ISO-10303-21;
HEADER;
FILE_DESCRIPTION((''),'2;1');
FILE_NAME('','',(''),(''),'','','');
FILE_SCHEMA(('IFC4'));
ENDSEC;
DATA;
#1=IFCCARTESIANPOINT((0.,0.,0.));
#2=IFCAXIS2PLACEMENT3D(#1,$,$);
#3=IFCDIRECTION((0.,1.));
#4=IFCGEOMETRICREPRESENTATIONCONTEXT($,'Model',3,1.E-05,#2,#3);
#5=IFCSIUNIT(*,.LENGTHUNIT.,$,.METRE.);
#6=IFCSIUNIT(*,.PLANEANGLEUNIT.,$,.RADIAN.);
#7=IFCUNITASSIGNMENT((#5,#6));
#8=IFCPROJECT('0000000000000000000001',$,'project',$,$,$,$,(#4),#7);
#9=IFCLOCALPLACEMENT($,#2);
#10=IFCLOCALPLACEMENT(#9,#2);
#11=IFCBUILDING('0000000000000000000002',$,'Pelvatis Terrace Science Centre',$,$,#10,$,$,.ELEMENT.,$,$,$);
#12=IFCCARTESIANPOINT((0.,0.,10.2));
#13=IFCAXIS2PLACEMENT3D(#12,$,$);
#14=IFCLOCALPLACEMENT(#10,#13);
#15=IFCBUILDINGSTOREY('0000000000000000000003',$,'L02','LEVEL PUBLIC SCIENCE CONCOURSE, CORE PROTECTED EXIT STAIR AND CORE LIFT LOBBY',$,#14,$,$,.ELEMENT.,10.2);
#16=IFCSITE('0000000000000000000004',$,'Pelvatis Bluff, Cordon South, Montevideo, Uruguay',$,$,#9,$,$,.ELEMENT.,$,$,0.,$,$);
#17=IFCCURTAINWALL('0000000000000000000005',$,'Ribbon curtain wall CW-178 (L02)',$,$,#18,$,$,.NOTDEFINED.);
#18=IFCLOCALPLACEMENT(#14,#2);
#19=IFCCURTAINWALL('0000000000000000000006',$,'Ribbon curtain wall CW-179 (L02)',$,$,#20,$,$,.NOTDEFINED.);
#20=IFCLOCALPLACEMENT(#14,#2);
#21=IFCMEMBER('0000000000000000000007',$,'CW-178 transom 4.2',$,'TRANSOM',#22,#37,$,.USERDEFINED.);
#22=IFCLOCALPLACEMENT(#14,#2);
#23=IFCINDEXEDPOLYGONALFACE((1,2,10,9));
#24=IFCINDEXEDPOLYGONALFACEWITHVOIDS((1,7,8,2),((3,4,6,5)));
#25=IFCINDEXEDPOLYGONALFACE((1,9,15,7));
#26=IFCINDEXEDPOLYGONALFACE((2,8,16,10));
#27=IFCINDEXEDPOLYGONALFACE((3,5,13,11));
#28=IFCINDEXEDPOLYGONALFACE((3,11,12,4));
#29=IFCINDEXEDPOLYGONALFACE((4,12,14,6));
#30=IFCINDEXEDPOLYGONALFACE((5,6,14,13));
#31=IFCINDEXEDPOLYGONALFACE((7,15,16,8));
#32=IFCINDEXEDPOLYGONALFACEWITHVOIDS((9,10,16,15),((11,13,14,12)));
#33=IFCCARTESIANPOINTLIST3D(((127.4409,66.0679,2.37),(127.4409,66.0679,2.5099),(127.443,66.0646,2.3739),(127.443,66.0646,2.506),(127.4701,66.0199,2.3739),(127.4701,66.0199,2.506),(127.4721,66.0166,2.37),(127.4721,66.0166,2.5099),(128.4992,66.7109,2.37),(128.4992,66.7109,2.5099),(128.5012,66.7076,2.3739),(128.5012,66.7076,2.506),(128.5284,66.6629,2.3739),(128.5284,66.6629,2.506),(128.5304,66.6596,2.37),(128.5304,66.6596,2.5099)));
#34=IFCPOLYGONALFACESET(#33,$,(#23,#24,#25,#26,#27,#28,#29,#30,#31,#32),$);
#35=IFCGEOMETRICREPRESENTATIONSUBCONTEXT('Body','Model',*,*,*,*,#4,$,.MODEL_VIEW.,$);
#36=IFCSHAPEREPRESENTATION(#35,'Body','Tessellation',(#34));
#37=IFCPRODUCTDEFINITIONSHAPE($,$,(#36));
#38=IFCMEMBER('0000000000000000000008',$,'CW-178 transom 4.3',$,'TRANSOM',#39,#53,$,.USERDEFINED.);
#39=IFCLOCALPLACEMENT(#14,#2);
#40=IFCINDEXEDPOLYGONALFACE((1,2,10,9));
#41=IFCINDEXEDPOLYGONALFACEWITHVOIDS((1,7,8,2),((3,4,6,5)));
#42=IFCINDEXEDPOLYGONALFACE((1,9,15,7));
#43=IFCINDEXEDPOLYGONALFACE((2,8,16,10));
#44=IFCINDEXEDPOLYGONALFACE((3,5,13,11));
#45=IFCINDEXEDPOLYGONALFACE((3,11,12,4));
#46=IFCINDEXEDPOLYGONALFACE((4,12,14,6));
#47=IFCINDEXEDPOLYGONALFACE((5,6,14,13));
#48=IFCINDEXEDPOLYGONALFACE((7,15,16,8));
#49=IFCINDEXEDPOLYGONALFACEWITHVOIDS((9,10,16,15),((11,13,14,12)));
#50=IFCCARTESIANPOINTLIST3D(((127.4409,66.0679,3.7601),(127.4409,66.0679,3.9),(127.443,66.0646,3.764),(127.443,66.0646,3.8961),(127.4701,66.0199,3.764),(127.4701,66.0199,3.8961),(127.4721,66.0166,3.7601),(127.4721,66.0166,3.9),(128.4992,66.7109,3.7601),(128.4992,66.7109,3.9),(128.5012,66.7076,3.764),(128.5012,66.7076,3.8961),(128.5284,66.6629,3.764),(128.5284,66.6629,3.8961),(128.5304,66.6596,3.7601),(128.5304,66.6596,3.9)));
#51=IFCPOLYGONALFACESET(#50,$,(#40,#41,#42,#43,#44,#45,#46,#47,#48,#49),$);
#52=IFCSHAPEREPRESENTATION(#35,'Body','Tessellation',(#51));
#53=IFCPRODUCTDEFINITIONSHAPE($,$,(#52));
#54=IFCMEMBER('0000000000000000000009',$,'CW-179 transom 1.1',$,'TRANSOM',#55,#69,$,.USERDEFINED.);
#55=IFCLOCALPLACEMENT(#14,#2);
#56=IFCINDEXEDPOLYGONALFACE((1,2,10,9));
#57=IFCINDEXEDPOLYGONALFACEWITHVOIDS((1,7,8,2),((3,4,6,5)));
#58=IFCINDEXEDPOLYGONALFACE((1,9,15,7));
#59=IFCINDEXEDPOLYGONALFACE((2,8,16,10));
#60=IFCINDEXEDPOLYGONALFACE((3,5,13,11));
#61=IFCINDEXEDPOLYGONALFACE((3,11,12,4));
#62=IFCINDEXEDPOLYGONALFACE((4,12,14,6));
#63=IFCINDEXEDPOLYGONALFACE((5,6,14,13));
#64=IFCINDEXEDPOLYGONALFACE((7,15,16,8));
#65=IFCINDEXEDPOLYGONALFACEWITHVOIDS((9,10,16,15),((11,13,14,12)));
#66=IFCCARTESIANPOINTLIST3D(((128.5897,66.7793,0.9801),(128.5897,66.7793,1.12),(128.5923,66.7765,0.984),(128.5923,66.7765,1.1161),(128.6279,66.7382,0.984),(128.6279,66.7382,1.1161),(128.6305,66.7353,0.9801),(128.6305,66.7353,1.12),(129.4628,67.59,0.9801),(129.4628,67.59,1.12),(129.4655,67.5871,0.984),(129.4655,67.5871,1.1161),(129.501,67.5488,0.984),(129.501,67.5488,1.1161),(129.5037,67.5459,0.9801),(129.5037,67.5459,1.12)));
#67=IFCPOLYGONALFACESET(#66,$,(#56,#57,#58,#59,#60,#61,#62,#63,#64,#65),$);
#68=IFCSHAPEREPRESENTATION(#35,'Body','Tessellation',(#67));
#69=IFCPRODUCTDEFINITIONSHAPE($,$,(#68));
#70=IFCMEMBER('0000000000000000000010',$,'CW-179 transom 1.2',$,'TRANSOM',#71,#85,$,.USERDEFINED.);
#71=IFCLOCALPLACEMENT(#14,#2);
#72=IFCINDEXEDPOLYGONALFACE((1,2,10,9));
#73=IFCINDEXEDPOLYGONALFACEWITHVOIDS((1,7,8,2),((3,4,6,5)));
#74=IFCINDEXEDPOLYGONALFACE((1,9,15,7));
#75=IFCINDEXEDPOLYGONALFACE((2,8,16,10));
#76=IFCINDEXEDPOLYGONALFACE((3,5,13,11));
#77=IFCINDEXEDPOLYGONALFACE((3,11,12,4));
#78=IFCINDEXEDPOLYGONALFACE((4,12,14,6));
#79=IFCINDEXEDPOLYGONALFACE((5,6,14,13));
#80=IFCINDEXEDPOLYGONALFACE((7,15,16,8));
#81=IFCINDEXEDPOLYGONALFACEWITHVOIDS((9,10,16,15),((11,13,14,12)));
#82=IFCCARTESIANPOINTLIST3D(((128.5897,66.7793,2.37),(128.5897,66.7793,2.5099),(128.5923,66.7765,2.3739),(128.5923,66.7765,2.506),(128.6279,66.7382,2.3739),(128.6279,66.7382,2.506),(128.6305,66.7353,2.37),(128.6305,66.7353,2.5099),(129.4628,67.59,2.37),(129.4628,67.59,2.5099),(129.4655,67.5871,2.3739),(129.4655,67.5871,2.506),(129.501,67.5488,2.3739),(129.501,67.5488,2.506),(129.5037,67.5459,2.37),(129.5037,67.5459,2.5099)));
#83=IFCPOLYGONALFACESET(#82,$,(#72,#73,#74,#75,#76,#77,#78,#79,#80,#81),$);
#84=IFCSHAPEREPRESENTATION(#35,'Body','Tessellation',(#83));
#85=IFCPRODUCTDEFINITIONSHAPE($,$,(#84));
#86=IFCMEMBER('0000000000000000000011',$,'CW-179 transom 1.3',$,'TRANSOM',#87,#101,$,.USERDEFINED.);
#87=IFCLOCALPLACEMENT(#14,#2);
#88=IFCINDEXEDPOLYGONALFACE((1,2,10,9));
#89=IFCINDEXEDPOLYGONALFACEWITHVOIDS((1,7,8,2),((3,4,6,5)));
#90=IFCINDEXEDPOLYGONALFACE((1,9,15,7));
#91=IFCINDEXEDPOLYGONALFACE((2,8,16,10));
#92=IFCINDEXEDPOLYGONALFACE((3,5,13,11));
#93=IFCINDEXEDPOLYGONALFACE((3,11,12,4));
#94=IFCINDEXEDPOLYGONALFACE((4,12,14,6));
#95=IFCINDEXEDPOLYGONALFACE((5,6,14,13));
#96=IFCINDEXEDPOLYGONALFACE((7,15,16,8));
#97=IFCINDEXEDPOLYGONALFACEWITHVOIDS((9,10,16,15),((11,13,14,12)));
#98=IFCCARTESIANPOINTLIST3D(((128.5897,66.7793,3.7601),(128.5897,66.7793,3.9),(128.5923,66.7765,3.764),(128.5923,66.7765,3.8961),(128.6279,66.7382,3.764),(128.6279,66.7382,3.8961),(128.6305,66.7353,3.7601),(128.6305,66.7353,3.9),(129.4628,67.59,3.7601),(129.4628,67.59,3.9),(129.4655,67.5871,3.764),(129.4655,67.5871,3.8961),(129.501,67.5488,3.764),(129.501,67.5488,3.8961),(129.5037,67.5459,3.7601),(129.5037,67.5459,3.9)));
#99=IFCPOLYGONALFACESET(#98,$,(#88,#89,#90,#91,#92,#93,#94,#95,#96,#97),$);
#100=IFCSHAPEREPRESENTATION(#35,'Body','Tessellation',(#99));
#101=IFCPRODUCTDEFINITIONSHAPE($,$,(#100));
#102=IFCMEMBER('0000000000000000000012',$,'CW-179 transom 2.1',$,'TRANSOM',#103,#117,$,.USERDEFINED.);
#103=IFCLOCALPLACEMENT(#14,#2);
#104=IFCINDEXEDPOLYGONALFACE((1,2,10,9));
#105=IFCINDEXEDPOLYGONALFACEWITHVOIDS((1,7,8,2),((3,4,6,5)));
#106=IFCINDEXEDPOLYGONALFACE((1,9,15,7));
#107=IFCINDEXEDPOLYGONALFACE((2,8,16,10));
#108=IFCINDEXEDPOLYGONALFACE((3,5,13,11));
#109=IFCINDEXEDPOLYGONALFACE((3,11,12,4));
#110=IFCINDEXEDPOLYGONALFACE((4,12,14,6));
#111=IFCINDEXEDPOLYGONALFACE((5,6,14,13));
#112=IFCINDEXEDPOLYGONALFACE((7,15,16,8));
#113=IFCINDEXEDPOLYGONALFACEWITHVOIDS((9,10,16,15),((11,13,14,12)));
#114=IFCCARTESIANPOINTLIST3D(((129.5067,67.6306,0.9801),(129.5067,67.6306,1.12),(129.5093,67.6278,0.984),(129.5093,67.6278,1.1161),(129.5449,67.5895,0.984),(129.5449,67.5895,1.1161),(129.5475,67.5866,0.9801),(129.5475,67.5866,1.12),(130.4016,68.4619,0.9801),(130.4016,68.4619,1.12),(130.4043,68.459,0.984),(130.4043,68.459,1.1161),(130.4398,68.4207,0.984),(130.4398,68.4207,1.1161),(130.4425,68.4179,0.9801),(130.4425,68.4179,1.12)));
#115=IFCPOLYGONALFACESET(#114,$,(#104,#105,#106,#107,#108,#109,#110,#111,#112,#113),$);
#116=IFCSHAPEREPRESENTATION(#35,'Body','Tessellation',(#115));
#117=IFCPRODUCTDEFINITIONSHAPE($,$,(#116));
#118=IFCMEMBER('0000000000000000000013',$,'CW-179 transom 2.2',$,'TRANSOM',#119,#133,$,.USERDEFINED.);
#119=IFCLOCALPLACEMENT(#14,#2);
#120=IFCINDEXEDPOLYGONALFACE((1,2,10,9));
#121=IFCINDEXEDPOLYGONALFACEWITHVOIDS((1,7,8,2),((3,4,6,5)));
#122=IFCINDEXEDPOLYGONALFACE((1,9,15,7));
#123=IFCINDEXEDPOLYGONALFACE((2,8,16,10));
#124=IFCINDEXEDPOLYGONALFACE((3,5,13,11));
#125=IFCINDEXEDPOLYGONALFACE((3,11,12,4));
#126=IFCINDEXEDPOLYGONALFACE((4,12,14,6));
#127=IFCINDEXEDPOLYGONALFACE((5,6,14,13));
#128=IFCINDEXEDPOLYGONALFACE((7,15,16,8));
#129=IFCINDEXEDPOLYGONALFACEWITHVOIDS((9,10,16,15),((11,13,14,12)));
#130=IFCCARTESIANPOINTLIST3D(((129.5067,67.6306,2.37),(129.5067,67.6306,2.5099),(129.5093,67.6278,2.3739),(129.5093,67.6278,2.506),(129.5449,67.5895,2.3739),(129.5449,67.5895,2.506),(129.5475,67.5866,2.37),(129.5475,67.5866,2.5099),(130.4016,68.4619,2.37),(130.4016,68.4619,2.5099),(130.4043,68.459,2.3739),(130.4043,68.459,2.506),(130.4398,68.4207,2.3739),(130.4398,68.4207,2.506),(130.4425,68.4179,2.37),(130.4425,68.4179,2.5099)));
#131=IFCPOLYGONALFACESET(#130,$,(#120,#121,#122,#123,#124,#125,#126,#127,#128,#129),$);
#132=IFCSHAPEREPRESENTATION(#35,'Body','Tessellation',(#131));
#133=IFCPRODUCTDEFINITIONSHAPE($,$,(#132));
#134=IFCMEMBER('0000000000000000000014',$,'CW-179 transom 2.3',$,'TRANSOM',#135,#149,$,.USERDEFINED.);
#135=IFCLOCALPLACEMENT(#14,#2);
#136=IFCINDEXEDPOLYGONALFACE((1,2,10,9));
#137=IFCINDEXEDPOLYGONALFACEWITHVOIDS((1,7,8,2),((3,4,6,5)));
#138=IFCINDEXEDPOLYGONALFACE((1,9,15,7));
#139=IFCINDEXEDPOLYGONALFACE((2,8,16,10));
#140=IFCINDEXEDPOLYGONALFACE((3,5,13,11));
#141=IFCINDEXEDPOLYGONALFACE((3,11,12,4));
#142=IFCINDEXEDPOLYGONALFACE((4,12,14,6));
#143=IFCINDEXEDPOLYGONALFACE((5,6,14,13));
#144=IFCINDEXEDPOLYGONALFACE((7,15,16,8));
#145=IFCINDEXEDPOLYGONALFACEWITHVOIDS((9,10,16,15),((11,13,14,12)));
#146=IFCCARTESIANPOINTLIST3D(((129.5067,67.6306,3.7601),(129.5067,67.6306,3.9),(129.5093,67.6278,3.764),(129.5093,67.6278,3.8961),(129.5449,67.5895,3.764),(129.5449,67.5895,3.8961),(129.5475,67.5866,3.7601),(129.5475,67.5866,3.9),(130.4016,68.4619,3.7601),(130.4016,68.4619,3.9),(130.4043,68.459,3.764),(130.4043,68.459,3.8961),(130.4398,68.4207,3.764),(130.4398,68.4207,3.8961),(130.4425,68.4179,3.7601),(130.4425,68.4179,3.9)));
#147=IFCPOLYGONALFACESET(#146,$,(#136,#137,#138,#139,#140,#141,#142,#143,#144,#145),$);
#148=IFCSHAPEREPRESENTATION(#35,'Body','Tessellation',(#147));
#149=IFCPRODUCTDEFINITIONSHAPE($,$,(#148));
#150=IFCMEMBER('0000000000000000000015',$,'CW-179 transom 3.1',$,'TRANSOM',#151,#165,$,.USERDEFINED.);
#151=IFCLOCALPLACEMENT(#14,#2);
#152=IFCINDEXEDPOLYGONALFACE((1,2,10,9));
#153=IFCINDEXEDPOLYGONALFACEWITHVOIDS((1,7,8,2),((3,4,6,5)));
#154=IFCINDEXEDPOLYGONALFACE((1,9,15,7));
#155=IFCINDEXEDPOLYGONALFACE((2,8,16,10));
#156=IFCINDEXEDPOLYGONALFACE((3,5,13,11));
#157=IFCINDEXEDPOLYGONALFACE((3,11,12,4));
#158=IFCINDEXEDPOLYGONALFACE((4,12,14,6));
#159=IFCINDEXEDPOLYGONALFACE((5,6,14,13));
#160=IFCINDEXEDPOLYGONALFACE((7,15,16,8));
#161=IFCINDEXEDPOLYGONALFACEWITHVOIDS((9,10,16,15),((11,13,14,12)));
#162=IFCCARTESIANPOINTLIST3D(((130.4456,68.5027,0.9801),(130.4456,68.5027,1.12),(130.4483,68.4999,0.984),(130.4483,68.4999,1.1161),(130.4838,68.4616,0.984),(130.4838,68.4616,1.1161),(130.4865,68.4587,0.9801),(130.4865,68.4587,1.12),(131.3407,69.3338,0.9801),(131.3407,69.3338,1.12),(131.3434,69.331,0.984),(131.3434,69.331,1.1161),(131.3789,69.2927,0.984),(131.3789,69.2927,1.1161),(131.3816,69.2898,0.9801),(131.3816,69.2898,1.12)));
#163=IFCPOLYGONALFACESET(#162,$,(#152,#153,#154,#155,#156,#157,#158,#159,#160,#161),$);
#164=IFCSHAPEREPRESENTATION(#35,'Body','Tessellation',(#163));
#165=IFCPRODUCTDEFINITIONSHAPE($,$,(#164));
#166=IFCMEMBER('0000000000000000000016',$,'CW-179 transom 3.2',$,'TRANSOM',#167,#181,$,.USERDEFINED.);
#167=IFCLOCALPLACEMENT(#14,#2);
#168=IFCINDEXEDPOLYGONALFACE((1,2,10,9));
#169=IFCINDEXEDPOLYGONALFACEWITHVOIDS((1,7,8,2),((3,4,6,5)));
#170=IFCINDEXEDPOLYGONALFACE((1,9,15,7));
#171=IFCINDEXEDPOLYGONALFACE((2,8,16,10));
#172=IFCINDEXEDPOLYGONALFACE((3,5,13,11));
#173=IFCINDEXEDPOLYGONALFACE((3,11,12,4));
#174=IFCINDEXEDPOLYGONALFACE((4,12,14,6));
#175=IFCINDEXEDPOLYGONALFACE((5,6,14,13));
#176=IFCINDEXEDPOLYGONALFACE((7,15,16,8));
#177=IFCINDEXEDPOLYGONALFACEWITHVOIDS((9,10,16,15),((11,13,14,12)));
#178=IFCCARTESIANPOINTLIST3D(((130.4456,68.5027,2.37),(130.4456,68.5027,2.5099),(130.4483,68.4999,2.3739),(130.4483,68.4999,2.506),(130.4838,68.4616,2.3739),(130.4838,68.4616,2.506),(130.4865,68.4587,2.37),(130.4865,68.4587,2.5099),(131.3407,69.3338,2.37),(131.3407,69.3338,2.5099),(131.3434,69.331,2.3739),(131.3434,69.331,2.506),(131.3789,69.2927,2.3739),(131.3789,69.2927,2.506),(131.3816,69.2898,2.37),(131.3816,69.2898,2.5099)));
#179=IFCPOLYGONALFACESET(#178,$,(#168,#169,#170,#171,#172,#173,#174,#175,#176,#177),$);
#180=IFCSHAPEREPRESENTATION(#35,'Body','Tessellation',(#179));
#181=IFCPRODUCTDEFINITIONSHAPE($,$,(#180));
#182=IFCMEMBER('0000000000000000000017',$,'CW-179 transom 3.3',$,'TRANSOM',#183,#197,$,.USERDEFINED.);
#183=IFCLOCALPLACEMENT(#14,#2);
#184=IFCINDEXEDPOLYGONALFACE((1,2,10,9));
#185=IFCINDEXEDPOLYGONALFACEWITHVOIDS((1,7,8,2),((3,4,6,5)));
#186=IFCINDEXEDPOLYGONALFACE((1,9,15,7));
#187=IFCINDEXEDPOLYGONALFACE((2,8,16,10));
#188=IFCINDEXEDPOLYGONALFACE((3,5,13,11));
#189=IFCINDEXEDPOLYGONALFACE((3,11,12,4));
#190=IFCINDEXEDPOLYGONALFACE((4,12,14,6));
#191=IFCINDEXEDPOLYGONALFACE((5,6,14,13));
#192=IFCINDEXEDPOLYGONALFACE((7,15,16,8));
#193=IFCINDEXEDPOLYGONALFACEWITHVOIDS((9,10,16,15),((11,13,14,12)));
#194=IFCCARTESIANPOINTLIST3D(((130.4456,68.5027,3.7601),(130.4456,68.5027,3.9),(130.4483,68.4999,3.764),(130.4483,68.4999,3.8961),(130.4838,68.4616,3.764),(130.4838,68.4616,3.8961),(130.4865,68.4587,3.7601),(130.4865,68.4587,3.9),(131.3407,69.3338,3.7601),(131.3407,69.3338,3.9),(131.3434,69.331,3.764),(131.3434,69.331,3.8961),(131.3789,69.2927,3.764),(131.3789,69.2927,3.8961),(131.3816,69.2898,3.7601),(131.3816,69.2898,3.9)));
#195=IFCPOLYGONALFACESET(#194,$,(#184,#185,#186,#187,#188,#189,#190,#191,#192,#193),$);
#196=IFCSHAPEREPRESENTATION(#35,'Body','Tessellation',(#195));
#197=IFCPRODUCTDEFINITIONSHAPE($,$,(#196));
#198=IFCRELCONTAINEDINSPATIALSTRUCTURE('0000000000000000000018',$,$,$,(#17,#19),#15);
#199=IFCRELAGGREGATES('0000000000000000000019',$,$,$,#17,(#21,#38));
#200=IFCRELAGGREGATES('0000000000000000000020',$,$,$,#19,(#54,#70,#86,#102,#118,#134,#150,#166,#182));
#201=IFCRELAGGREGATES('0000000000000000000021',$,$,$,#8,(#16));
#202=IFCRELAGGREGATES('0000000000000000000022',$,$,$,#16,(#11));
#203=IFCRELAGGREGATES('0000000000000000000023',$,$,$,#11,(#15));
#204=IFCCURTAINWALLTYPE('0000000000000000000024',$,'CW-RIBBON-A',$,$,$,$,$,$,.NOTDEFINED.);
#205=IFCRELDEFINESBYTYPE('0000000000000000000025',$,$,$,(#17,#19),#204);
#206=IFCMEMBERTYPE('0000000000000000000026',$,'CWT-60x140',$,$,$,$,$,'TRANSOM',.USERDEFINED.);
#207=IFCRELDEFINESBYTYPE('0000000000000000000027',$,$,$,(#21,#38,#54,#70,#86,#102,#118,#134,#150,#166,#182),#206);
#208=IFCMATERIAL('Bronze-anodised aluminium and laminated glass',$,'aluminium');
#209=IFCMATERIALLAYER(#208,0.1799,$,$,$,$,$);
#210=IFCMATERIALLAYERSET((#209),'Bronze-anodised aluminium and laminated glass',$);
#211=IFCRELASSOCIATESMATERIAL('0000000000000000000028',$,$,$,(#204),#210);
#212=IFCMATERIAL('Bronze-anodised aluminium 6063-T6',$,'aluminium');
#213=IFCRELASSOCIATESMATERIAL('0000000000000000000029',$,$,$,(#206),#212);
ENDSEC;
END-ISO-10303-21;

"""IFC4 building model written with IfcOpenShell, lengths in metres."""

from ifc_helpers import new_model, si_unit, direction, frame, origin, origin_2d, place, context, subcontext, project, spatial, hollow_rectangle, extrude, material, layer, layer_set, material_profile, profile_set, type_object, element, aggregate, save


model = new_model("IFC4")

# Units and contexts
model_context = context("Model", 3, precision=1e-05, world=origin(), true_north=direction((0.0, 1.0)))
body_context = subcontext(model_context, "Body", "Model", "MODEL_VIEW")
ifc_project = project(units=[si_unit("LENGTHUNIT", "METRE"), si_unit("PLANEANGLEUNIT", "RADIAN")], contexts=[model_context])

# Site, building, storey
site_placement = place(None, origin())
site = spatial("IfcSite", under=ifc_project, at=site_placement, Name="Pelvatis Bluff, Cordon South, Montevideo, Uruguay", CompositionType="ELEMENT", RefElevation=0.0)
building_placement = place(site_placement, origin())
building = spatial("IfcBuilding", under=site, at=building_placement, Name="Pelvatis Terrace Science Centre", CompositionType="ELEMENT")
storey_placement = place(building_placement, frame((0.0, 0.0, 10.2)))
storey = spatial("IfcBuildingStorey", under=building, at=storey_placement, Name="L02", Description="LEVEL PUBLIC SCIENCE CONCOURSE, CORE PROTECTED EXIT STAIR AND CORE LIFT LOBBY", CompositionType="ELEMENT", Elevation=10.2)

# Curtain walls
ifc_material_1 = material(Name="Bronze-anodised aluminium and laminated glass", Category="aluminium")
ifc_layer_1 = layer(ifc_material_1, 0.1799)
ifc_layer_set_1 = layer_set([ifc_layer_1], Name="Bronze-anodised aluminium and laminated glass")
curtain_wall_type = type_object("IfcCurtainWallType", Name="CW-RIBBON-A", PredefinedType="NOTDEFINED", material=ifc_layer_set_1)
curtain_wall_1_placement = place(storey_placement, origin())
curtain_wall_1 = element("IfcCurtainWall", 1, at=curtain_wall_1_placement, inside=storey, type_object=curtain_wall_type, Name="Ribbon curtain wall CW-178 (L02)", PredefinedType="NOTDEFINED")
curtain_wall_2_placement = place(storey_placement, origin())
curtain_wall_2 = element("IfcCurtainWall", 2, at=curtain_wall_2_placement, inside=storey, type_object=curtain_wall_type, Name="Ribbon curtain wall CW-179 (L02)", PredefinedType="NOTDEFINED")

# Members
ifc_material_2 = material(Name="Bronze-anodised aluminium 6063-T6", Category="aluminium")
ifc_material_profile_1 = material_profile(ifc_material_2, hollow_rectangle(XDim=0.0601, YDim=0.1399, WallThickness=0.0039, at=origin_2d()), Name="ALU-TRN 60x140")
ifc_profile_set_1 = profile_set([ifc_material_profile_1], Name="Bronze-anodised aluminium 6063-T6")
member_type_1 = type_object("IfcMemberType", Name="CWT-60x140", ElementType="TRANSOM", PredefinedType="USERDEFINED", material=ifc_profile_set_1)
member_1_placement = place(storey_placement, frame((127.4565, 66.0422, 2.4399), z_axis=(0.854609, 0.519271, 0.0), x_axis=(-0.519271, 0.854609, 0.0)))
member_1 = element("IfcMember", 3, at=member_1_placement, type_object=member_type_1, Name="CW-178 transom 4.2", ObjectType="TRANSOM", PredefinedType="USERDEFINED", context=body_context, shape_type="SweptSolid", body=[
    extrude(hollow_rectangle(XDim=0.0601, YDim=0.1399, WallThickness=0.0039, at=origin_2d()), origin(), (0.0, 0.0, 1.0), 1.2383),
])
member_2_placement = place(storey_placement, frame((127.4565, 66.0422, 3.8301), z_axis=(0.854609, 0.519271, 0.0), x_axis=(-0.519271, 0.854609, 0.0)))
member_2 = element("IfcMember", 4, at=member_2_placement, type_object=member_type_1, Name="CW-178 transom 4.3", ObjectType="TRANSOM", PredefinedType="USERDEFINED", context=body_context, shape_type="SweptSolid", body=[
    extrude(hollow_rectangle(XDim=0.0601, YDim=0.1399, WallThickness=0.0039, at=origin_2d()), origin(), (0.0, 0.0, 1.0), 1.2383),
])
member_3_placement = place(storey_placement, frame((128.6101, 66.7573, 1.05), z_axis=(0.732852, 0.680388, 0.0), x_axis=(-0.680388, 0.732852, 0.0)))
member_3 = element("IfcMember", 5, at=member_3_placement, type_object=member_type_1, Name="CW-179 transom 1.1", ObjectType="TRANSOM", PredefinedType="USERDEFINED", context=body_context, shape_type="SweptSolid", body=[
    extrude(hollow_rectangle(XDim=0.0601, YDim=0.1399, WallThickness=0.0039, at=origin_2d()), origin(), (0.0, 0.0, 1.0), 1.1914),
])
member_4_placement = place(storey_placement, frame((128.6101, 66.7573, 2.4399), z_axis=(0.732852, 0.680388, 0.0), x_axis=(-0.680388, 0.732852, 0.0)))
member_4 = element("IfcMember", 6, at=member_4_placement, type_object=member_type_1, Name="CW-179 transom 1.2", ObjectType="TRANSOM", PredefinedType="USERDEFINED", context=body_context, shape_type="SweptSolid", body=[
    extrude(hollow_rectangle(XDim=0.0601, YDim=0.1399, WallThickness=0.0039, at=origin_2d()), origin(), (0.0, 0.0, 1.0), 1.1914),
])
member_5_placement = place(storey_placement, frame((128.6101, 66.7573, 3.8301), z_axis=(0.732852, 0.680388, 0.0), x_axis=(-0.680388, 0.732852, 0.0)))
member_5 = element("IfcMember", 7, at=member_5_placement, type_object=member_type_1, Name="CW-179 transom 1.3", ObjectType="TRANSOM", PredefinedType="USERDEFINED", context=body_context, shape_type="SweptSolid", body=[
    extrude(hollow_rectangle(XDim=0.0601, YDim=0.1399, WallThickness=0.0039, at=origin_2d()), origin(), (0.0, 0.0, 1.0), 1.1914),
])
member_6_placement = place(storey_placement, frame((129.5271, 67.6086, 1.05), z_axis=(0.732708, 0.680543, 0.0), x_axis=(-0.680543, 0.732708, 0.0)))
member_6 = element("IfcMember", 8, at=member_6_placement, type_object=member_type_1, Name="CW-179 transom 2.1", ObjectType="TRANSOM", PredefinedType="USERDEFINED", context=body_context, shape_type="SweptSolid", body=[
    extrude(hollow_rectangle(XDim=0.0601, YDim=0.1399, WallThickness=0.0039, at=origin_2d()), origin(), (0.0, 0.0, 1.0), 1.2214),
])
member_7_placement = place(storey_placement, frame((129.5271, 67.6086, 2.4399), z_axis=(0.732708, 0.680543, 0.0), x_axis=(-0.680543, 0.732708, 0.0)))
member_7 = element("IfcMember", 9, at=member_7_placement, type_object=member_type_1, Name="CW-179 transom 2.2", ObjectType="TRANSOM", PredefinedType="USERDEFINED", context=body_context, shape_type="SweptSolid", body=[
    extrude(hollow_rectangle(XDim=0.0601, YDim=0.1399, WallThickness=0.0039, at=origin_2d()), origin(), (0.0, 0.0, 1.0), 1.2214),
])
member_8_placement = place(storey_placement, frame((129.5271, 67.6086, 3.8301), z_axis=(0.732708, 0.680543, 0.0), x_axis=(-0.680543, 0.732708, 0.0)))
member_8 = element("IfcMember", 10, at=member_8_placement, type_object=member_type_1, Name="CW-179 transom 2.3", ObjectType="TRANSOM", PredefinedType="USERDEFINED", context=body_context, shape_type="SweptSolid", body=[
    extrude(hollow_rectangle(XDim=0.0601, YDim=0.1399, WallThickness=0.0039, at=origin_2d()), origin(), (0.0, 0.0, 1.0), 1.2214),
])
member_9_placement = place(storey_placement, frame((130.4661, 68.4807, 1.05), z_axis=(0.732808, 0.680436, 0.0), x_axis=(-0.680436, 0.732808, 0.0)))
member_9 = element("IfcMember", 11, at=member_9_placement, type_object=member_type_1, Name="CW-179 transom 3.1", ObjectType="TRANSOM", PredefinedType="USERDEFINED", context=body_context, shape_type="SweptSolid", body=[
    extrude(hollow_rectangle(XDim=0.0601, YDim=0.1399, WallThickness=0.0039, at=origin_2d()), origin(), (0.0, 0.0, 1.0), 1.2214),
])
member_10_placement = place(storey_placement, frame((130.4661, 68.4807, 2.4399), z_axis=(0.732808, 0.680436, 0.0), x_axis=(-0.680436, 0.732808, 0.0)))
member_10 = element("IfcMember", 12, at=member_10_placement, type_object=member_type_1, Name="CW-179 transom 3.2", ObjectType="TRANSOM", PredefinedType="USERDEFINED", context=body_context, shape_type="SweptSolid", body=[
    extrude(hollow_rectangle(XDim=0.0601, YDim=0.1399, WallThickness=0.0039, at=origin_2d()), origin(), (0.0, 0.0, 1.0), 1.2214),
])
member_11_placement = place(storey_placement, frame((130.4661, 68.4807, 3.8301), z_axis=(0.732808, 0.680436, 0.0), x_axis=(-0.680436, 0.732808, 0.0)))
member_11 = element("IfcMember", 13, at=member_11_placement, type_object=member_type_1, Name="CW-179 transom 3.3", ObjectType="TRANSOM", PredefinedType="USERDEFINED", context=body_context, shape_type="SweptSolid", body=[
    extrude(hollow_rectangle(XDim=0.0601, YDim=0.1399, WallThickness=0.0039, at=origin_2d()), origin(), (0.0, 0.0, 1.0), 1.2214),
])

aggregate(curtain_wall_1, [member_1, member_2])
aggregate(curtain_wall_2, [member_3, member_4, member_5, member_6, member_7, member_8, member_9, member_10, member_11])

save(model, "model.ifc")
